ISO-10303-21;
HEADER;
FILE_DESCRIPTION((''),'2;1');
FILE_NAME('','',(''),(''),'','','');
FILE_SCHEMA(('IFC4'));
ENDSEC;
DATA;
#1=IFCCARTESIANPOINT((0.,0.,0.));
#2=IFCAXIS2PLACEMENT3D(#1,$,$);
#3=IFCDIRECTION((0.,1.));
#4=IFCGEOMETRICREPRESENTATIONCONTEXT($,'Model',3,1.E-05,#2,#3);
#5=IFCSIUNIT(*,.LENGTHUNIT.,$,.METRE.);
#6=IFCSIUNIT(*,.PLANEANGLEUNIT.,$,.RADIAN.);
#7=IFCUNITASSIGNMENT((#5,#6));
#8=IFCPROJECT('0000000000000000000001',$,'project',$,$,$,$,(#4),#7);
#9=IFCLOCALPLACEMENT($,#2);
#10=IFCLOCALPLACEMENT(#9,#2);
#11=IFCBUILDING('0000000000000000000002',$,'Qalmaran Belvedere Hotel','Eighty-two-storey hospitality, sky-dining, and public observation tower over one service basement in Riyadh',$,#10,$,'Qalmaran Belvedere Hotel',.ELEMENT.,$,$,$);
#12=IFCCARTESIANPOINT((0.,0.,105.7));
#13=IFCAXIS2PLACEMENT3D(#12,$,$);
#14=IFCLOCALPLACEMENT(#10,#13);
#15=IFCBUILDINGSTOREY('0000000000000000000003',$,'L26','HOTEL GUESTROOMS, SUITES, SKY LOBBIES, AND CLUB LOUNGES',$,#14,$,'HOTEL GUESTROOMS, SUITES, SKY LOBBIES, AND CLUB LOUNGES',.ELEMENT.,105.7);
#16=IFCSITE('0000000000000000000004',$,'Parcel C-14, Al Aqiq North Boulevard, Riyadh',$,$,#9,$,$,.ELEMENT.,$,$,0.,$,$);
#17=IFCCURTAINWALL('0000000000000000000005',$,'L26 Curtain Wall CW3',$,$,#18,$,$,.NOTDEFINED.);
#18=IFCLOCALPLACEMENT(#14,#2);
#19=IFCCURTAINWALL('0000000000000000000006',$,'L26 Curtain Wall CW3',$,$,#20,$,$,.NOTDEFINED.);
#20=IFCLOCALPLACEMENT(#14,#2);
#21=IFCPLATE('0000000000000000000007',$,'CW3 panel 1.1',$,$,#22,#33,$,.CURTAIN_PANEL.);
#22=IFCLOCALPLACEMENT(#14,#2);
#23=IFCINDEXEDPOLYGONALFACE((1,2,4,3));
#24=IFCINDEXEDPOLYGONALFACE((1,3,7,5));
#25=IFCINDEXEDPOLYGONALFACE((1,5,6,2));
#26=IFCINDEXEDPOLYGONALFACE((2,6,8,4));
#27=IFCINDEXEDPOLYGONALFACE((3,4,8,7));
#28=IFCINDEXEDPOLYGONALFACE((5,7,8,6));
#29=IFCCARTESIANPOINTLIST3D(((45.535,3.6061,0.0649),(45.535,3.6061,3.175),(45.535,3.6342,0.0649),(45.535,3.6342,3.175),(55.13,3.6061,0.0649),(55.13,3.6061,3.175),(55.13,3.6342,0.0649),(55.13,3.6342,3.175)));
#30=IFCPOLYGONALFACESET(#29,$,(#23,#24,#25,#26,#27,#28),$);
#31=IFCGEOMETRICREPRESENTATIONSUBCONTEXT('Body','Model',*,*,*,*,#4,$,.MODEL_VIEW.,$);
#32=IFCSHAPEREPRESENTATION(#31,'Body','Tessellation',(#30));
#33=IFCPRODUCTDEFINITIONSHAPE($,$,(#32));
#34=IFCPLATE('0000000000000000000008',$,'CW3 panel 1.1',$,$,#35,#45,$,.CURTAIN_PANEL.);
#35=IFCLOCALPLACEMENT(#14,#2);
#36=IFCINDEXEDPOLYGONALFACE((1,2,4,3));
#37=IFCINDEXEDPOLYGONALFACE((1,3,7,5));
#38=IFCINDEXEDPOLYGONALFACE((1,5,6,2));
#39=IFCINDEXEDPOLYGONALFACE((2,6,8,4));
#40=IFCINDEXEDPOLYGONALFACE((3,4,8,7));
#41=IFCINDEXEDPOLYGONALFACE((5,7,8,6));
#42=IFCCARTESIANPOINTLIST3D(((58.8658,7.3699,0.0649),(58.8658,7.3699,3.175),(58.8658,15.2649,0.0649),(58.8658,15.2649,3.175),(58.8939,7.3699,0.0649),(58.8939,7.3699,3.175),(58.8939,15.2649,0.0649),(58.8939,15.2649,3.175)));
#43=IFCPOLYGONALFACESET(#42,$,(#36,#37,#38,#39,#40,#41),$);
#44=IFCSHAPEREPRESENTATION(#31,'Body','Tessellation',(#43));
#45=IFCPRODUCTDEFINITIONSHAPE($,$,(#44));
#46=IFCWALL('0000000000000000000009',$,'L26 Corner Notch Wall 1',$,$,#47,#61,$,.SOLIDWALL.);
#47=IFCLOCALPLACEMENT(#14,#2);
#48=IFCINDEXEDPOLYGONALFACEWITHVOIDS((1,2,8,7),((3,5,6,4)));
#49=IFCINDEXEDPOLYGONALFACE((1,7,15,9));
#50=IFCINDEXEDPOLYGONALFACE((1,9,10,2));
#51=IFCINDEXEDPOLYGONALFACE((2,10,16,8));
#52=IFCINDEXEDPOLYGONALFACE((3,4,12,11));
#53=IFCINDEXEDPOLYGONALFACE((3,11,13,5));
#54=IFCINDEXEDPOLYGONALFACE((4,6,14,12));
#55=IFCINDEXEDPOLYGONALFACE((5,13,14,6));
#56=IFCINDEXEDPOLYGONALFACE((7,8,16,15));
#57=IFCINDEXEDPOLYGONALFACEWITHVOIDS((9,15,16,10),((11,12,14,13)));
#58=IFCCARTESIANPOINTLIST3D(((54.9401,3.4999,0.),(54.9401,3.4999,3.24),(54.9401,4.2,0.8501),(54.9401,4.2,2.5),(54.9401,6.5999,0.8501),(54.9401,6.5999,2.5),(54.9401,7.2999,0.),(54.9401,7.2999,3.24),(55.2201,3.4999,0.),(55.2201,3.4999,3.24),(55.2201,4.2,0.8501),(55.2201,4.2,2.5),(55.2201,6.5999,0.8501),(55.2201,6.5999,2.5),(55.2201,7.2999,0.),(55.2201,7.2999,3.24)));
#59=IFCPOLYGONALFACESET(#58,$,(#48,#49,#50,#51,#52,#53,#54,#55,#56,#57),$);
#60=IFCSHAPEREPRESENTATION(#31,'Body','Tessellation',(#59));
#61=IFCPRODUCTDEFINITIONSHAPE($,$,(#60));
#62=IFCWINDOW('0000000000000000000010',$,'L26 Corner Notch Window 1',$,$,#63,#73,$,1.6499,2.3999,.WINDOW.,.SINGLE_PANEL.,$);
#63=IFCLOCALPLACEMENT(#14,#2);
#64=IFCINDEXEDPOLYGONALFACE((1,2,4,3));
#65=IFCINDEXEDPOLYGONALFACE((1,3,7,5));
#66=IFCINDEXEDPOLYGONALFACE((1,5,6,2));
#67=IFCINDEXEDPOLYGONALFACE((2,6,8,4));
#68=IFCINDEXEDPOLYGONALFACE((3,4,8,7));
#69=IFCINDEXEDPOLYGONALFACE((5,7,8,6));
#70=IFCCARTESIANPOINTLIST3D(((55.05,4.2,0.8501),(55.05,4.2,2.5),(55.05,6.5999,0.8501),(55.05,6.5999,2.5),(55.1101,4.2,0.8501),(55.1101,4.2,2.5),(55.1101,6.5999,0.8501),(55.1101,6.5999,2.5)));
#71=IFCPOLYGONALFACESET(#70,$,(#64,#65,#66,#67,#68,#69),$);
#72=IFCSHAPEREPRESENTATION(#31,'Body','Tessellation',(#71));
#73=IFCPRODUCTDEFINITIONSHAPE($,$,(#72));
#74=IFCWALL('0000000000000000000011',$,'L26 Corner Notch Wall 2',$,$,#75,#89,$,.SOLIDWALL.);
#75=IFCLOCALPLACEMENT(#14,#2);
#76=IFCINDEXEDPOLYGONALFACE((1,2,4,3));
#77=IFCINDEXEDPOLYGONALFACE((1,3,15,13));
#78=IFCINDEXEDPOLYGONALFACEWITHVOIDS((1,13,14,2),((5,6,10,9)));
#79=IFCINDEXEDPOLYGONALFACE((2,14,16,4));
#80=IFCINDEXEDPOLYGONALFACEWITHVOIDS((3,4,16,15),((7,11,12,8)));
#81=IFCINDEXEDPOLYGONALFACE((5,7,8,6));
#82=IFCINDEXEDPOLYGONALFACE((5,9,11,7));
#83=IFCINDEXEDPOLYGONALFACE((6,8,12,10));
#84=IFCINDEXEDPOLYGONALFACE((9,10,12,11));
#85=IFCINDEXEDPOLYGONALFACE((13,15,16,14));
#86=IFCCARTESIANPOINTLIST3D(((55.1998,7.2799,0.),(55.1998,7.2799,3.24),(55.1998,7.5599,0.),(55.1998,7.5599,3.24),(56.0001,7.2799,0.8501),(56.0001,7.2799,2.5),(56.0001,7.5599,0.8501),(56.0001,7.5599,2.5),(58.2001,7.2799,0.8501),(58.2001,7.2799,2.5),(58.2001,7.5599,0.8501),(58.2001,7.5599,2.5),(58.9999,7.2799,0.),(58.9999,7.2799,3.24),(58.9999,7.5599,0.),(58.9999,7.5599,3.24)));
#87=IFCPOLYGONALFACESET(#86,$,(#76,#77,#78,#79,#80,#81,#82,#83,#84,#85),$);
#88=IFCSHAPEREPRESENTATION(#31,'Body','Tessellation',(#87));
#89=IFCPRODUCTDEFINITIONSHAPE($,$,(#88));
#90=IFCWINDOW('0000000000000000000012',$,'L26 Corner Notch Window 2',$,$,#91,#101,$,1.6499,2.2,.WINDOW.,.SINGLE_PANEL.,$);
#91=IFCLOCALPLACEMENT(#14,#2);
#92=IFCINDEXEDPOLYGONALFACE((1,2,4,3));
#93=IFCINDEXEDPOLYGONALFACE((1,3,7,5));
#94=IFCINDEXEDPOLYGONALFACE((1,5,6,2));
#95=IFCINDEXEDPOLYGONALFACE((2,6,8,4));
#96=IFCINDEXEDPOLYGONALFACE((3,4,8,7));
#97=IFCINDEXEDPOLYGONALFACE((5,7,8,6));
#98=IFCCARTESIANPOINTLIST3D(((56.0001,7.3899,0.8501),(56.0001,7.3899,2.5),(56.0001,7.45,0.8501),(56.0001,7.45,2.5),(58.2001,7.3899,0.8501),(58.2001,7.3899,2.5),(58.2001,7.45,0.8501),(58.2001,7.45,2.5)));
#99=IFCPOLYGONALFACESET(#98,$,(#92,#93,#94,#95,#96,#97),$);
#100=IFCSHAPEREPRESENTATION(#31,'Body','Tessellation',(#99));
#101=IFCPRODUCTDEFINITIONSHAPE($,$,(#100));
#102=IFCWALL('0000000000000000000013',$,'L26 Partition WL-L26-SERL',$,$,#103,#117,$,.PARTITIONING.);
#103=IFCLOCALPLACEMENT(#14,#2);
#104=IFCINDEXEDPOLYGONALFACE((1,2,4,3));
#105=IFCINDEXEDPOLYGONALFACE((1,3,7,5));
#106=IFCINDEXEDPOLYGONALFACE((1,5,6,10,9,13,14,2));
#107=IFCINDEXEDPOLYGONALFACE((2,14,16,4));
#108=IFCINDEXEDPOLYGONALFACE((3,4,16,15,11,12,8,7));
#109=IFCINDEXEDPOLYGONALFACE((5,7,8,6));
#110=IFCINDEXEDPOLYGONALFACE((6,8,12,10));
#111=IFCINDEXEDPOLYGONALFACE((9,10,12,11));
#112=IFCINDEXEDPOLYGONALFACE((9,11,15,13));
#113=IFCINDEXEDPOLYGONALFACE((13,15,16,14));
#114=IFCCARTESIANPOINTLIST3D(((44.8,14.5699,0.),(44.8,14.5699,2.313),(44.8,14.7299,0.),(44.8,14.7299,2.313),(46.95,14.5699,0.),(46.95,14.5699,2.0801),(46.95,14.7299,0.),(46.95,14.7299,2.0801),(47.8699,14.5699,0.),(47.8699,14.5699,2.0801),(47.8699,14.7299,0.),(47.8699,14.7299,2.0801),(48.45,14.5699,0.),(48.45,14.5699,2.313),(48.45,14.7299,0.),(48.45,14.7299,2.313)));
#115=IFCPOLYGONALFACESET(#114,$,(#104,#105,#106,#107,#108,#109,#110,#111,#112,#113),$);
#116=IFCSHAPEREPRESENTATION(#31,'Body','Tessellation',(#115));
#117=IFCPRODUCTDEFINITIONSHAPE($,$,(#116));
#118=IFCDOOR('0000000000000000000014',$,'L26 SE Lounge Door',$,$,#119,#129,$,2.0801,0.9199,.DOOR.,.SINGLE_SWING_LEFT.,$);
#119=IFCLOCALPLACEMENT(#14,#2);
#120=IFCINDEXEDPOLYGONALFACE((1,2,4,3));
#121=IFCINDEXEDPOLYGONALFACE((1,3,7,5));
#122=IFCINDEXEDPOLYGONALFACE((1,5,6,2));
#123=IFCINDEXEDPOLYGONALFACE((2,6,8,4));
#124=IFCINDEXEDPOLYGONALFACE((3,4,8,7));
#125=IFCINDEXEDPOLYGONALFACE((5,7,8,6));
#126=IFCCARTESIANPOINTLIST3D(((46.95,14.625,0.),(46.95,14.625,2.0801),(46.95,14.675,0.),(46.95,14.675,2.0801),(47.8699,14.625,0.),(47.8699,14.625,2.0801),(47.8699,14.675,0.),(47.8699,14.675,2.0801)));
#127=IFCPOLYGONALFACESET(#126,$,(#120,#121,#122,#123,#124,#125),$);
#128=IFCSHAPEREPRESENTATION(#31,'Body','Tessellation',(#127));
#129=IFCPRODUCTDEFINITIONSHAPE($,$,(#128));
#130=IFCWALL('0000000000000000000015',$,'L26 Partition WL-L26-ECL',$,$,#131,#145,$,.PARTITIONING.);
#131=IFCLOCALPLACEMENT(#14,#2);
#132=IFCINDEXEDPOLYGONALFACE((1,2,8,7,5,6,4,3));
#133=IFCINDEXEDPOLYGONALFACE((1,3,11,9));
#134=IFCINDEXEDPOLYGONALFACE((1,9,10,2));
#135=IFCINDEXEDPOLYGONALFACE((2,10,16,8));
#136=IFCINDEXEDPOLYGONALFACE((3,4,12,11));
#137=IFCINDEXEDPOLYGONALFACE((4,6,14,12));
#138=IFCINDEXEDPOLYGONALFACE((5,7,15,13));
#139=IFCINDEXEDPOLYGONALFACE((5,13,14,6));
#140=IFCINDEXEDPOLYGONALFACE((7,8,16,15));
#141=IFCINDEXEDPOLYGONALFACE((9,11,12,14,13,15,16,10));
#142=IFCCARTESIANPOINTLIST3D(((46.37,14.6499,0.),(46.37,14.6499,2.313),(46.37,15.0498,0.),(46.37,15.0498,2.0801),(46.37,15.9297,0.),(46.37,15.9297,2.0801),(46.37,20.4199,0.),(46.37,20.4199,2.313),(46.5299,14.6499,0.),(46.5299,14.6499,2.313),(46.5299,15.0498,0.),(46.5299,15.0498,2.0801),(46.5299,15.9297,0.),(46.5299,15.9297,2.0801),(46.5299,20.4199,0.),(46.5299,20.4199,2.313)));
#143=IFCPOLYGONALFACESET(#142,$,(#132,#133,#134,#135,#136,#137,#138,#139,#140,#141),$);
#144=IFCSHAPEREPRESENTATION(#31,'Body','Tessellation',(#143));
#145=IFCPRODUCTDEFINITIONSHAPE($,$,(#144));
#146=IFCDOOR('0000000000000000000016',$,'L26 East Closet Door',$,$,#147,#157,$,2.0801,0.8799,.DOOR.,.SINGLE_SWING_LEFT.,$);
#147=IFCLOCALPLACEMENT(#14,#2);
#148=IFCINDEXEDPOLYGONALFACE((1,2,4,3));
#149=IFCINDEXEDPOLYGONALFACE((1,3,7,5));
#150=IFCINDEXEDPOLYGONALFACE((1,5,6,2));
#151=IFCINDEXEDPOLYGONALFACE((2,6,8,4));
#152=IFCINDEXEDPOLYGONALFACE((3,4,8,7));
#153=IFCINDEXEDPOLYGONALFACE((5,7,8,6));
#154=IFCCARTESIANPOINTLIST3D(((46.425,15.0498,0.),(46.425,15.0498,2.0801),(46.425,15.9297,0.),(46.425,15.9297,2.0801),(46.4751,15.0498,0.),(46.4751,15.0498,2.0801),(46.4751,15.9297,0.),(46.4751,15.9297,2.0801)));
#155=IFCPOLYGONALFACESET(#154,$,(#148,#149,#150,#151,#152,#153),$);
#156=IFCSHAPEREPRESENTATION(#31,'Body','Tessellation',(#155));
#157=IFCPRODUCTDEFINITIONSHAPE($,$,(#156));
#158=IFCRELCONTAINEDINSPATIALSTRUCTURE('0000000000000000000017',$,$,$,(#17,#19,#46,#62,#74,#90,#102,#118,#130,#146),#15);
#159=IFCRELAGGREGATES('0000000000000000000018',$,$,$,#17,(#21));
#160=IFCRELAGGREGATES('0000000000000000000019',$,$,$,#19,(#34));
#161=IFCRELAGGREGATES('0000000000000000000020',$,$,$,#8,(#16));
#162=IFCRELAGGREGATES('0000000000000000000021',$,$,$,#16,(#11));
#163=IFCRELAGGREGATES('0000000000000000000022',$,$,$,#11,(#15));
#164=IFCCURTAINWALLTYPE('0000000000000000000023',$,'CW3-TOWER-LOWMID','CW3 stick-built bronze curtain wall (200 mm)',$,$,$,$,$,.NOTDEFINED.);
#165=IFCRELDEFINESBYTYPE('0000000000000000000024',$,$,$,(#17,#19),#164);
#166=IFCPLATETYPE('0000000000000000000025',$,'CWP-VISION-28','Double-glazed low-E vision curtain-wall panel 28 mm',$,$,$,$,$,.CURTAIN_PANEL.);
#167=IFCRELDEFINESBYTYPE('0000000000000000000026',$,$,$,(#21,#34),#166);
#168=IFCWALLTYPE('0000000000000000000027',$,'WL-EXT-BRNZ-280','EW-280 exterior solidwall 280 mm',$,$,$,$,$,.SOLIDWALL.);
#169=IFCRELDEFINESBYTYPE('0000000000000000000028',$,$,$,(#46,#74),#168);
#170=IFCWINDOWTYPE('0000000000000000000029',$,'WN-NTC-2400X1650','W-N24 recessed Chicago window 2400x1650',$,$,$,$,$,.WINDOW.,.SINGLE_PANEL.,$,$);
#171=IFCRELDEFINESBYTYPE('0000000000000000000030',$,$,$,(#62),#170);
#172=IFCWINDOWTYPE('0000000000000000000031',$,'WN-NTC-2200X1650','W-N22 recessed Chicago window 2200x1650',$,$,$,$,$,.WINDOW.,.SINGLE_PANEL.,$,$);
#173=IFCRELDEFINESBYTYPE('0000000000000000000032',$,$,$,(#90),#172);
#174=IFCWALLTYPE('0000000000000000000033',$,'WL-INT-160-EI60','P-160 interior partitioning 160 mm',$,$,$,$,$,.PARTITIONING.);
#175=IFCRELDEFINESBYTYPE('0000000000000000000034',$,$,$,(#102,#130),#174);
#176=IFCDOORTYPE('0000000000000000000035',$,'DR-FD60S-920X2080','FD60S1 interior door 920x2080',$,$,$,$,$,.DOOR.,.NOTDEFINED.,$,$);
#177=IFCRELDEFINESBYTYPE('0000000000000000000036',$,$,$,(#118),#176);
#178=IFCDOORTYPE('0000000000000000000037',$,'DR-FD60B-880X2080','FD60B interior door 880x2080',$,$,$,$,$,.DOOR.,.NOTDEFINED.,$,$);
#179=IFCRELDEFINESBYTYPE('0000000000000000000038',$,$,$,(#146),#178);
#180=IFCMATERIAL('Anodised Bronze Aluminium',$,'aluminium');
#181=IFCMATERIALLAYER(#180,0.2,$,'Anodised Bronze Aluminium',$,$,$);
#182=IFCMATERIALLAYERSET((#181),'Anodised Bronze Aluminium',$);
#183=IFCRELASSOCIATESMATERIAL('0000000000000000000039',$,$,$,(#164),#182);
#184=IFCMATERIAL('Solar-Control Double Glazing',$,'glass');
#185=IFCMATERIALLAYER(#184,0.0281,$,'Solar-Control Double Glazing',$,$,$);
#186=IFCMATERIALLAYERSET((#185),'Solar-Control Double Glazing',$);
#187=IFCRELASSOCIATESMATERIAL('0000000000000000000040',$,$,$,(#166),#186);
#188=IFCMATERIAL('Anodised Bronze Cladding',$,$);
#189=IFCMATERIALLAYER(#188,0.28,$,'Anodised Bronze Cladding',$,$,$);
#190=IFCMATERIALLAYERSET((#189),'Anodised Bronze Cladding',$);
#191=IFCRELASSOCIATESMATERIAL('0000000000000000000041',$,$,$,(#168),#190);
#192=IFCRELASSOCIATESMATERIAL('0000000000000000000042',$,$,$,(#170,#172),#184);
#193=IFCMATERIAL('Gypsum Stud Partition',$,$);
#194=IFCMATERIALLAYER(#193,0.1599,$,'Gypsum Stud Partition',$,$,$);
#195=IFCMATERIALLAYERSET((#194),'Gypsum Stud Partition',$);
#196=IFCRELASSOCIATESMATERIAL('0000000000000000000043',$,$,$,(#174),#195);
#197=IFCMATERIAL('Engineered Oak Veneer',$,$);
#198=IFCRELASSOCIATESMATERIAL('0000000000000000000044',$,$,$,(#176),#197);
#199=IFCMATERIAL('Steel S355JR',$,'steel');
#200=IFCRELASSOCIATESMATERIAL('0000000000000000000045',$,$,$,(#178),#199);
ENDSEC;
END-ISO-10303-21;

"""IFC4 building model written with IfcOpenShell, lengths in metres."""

from ifc_helpers import new_model, si_unit, direction, frame, frame_2d, origin, origin_2d, place, context, subcontext, project, spatial, rectangle, extrude, material, layer, layer_set, type_object, element, fill, aggregate, save


model = new_model("IFC4")

# Units and contexts
model_context = context("Model", 3, precision=1e-05, world=origin(), true_north=direction((0.0, 1.0)))
body_context = subcontext(model_context, "Body", "Model", "MODEL_VIEW")
ifc_project = project(units=[si_unit("LENGTHUNIT", "METRE"), si_unit("PLANEANGLEUNIT", "RADIAN")], contexts=[model_context])

# Site, building, storey
site_placement = place(None, origin())
site = spatial("IfcSite", under=ifc_project, at=site_placement, Name="Parcel C-14, Al Aqiq North Boulevard, Riyadh", CompositionType="ELEMENT", RefElevation=0.0)
building_placement = place(site_placement, origin())
building = spatial("IfcBuilding", under=site, at=building_placement, Name="Qalmaran Belvedere Hotel", Description="Eighty-two-storey hospitality, sky-dining, and public observation tower over one service basement in Riyadh", LongName="Qalmaran Belvedere Hotel", CompositionType="ELEMENT")
storey_placement = place(building_placement, frame((0.0, 0.0, 105.7)))
storey = spatial("IfcBuildingStorey", under=building, at=storey_placement, Name="L26", Description="HOTEL GUESTROOMS, SUITES, SKY LOBBIES, AND CLUB LOUNGES", LongName="HOTEL GUESTROOMS, SUITES, SKY LOBBIES, AND CLUB LOUNGES", CompositionType="ELEMENT", Elevation=105.7)

# Shared definitions
ifc_material_1 = material(Name="Steel S355JR", Category="steel")

# Curtain wall
ifc_material_2 = material(Name="Anodised Bronze Aluminium", Category="aluminium")
ifc_layer_1 = layer(ifc_material_2, 0.2, Name="Anodised Bronze Aluminium")
ifc_layer_set_1 = layer_set([ifc_layer_1], Name="Anodised Bronze Aluminium")
curtain_wall_type = type_object("IfcCurtainWallType", Name="CW3-TOWER-LOWMID", Description="CW3 stick-built bronze curtain wall (200 mm)", PredefinedType="NOTDEFINED", material=ifc_layer_set_1)
curtain_wall_1_placement = place(storey_placement, origin())
curtain_wall_1 = element("IfcCurtainWall", 1, at=curtain_wall_1_placement, inside=storey, type_object=curtain_wall_type, Name="L26 Curtain Wall CW3", PredefinedType="NOTDEFINED")

# Curtain wall
curtain_wall_2_placement = place(storey_placement, origin())
curtain_wall_2 = element("IfcCurtainWall", 2, at=curtain_wall_2_placement, inside=storey, type_object=curtain_wall_type, Name="L26 Curtain Wall CW3", PredefinedType="NOTDEFINED")

# Plates
ifc_material_3 = material(Name="Solar-Control Double Glazing", Category="glass")
ifc_layer_2 = layer(ifc_material_3, 0.0281, Name="Solar-Control Double Glazing")
ifc_layer_set_2 = layer_set([ifc_layer_2], Name="Solar-Control Double Glazing")
plate_type = type_object("IfcPlateType", Name="CWP-VISION-28", Description="Double-glazed low-E vision curtain-wall panel 28 mm", PredefinedType="CURTAIN_PANEL", material=ifc_layer_set_2)
plate_1_placement = place(storey_placement, frame((50.3325, 3.6201, 0.0649), z_axis=(0.0, 0.0, 1.0), x_axis=(1.0, 0.0, 0.0)))
plate_1 = element("IfcPlate", 3, at=plate_1_placement, type_object=plate_type, Name="CW3 panel 1.1", PredefinedType="CURTAIN_PANEL", context=body_context, shape_type="SweptSolid", body=[
    extrude(rectangle(XDim=9.595, YDim=0.0281, at=origin_2d()), origin(), (0.0, 0.0, 1.0), 3.1101),
])
aggregate(curtain_wall_1, [plate_1])
plate_2_placement = place(storey_placement, frame((58.8799, 11.3174, 0.0649), z_axis=(0.0, 0.0, 1.0), x_axis=(0.0, 1.0, 0.0)))
plate_2 = element("IfcPlate", 4, at=plate_2_placement, type_object=plate_type, Name="CW3 panel 1.1", PredefinedType="CURTAIN_PANEL", context=body_context, shape_type="SweptSolid", body=[
    extrude(rectangle(XDim=7.895, YDim=0.0281, at=origin_2d()), origin(), (0.0, 0.0, 1.0), 3.1101),
])
aggregate(curtain_wall_2, [plate_2])

# Walls, openings, windows
ifc_material_4 = material(Name="Anodised Bronze Cladding")
ifc_layer_3 = layer(ifc_material_4, 0.28, Name="Anodised Bronze Cladding")
ifc_layer_set_3 = layer_set([ifc_layer_3], Name="Anodised Bronze Cladding")
wall_type_1 = type_object("IfcWallType", Name="WL-EXT-BRNZ-280", Description="EW-280 exterior solidwall 280 mm", PredefinedType="SOLIDWALL", material=ifc_layer_set_3)
wall_1_placement = place(storey_placement, frame((55.0801, 3.5, 0.0), z_axis=(0.0, 0.0, 1.0), x_axis=(0.0, 1.0, 0.0)))
wall_1 = element("IfcWall", 5, at=wall_1_placement, inside=storey, type_object=wall_type_1, Name="L26 Corner Notch Wall 1", PredefinedType="SOLIDWALL", context=body_context, shape_type="SweptSolid", body=[
    extrude(rectangle(XDim=3.8, YDim=0.28, at=frame_2d((1.8999, 0.0))), origin(), (0.0, 0.0, 1.0), 3.24),
])
opening_1_placement = place(wall_1_placement, frame((0.7, 0.0, 0.8501)))
opening_1 = element("IfcOpeningElement", 6, at=opening_1_placement, cuts=wall_1, PredefinedType="OPENING", context=body_context, shape_type="SweptSolid", body=[
    extrude(rectangle(XDim=2.3999, YDim=1.6499, at=frame_2d((1.2, 0.825))), frame((0.0, 0.1499, 0.0), z_axis=(0.0, -1.0, 0.0), x_axis=(1.0, 0.0, 0.0)), (0.0, 0.0, 1.0), 0.3),
])
window_type_1 = type_object("IfcWindowType", Name="WN-NTC-2400X1650", Description="W-N24 recessed Chicago window 2400x1650", PartitioningType="SINGLE_PANEL", PredefinedType="WINDOW", material=ifc_material_3)
window_1_placement = place(opening_1_placement, origin())
window_1 = element("IfcWindow", 7, at=window_1_placement, inside=storey, type_object=window_type_1, Name="L26 Corner Notch Window 1", OverallHeight=1.6499, OverallWidth=2.3999, PartitioningType="SINGLE_PANEL", PredefinedType="WINDOW", context=body_context, shape_type="SweptSolid", body=[
    extrude(rectangle(XDim=2.3999, YDim=1.6499, at=frame_2d((1.2, 0.825))), frame((0.0, 0.03, 0.0), z_axis=(0.0, -1.0, 0.0), x_axis=(1.0, 0.0, 0.0)), (0.0, 0.0, 1.0), 0.0601),
])
fill(opening_1, window_1)
wall_2_placement = place(storey_placement, frame((55.2, 7.4199, 0.0), z_axis=(0.0, 0.0, 1.0), x_axis=(1.0, 0.0, 0.0)))
wall_2 = element("IfcWall", 8, at=wall_2_placement, inside=storey, type_object=wall_type_1, Name="L26 Corner Notch Wall 2", PredefinedType="SOLIDWALL", context=body_context, shape_type="SweptSolid", body=[
    extrude(rectangle(XDim=3.8, YDim=0.28, at=frame_2d((1.8999, 0.0))), origin(), (0.0, 0.0, 1.0), 3.24),
])
opening_2_placement = place(wall_2_placement, frame((0.8, 0.0, 0.8501)))
opening_2 = element("IfcOpeningElement", 9, at=opening_2_placement, cuts=wall_2, PredefinedType="OPENING", context=body_context, shape_type="SweptSolid", body=[
    extrude(rectangle(XDim=2.2, YDim=1.6499, at=frame_2d((1.1001, 0.825))), frame((0.0, 0.1499, 0.0), z_axis=(0.0, -1.0, 0.0), x_axis=(1.0, 0.0, 0.0)), (0.0, 0.0, 1.0), 0.3),
])
window_type_2 = type_object("IfcWindowType", Name="WN-NTC-2200X1650", Description="W-N22 recessed Chicago window 2200x1650", PartitioningType="SINGLE_PANEL", PredefinedType="WINDOW", material=ifc_material_3)
window_2_placement = place(opening_2_placement, origin())
window_2 = element("IfcWindow", 10, at=window_2_placement, inside=storey, type_object=window_type_2, Name="L26 Corner Notch Window 2", OverallHeight=1.6499, OverallWidth=2.2, PartitioningType="SINGLE_PANEL", PredefinedType="WINDOW", context=body_context, shape_type="SweptSolid", body=[
    extrude(rectangle(XDim=2.2, YDim=1.6499, at=frame_2d((1.1001, 0.825))), frame((0.0, 0.03, 0.0), z_axis=(0.0, -1.0, 0.0), x_axis=(1.0, 0.0, 0.0)), (0.0, 0.0, 1.0), 0.0601),
])
fill(opening_2, window_2)

# Walls, openings, doors
ifc_material_5 = material(Name="Gypsum Stud Partition")
ifc_layer_4 = layer(ifc_material_5, 0.1599, Name="Gypsum Stud Partition")
ifc_layer_set_4 = layer_set([ifc_layer_4], Name="Gypsum Stud Partition")
wall_type_2 = type_object("IfcWallType", Name="WL-INT-160-EI60", Description="P-160 interior partitioning 160 mm", PredefinedType="PARTITIONING", material=ifc_layer_set_4)
wall_3_placement = place(storey_placement, frame((44.8, 14.6499, 0.0), z_axis=(0.0, 0.0, 1.0), x_axis=(1.0, 0.0, 0.0)))
wall_3 = element("IfcWall", 11, at=wall_3_placement, inside=storey, type_object=wall_type_2, Name="L26 Partition WL-L26-SERL", PredefinedType="PARTITIONING", context=body_context, shape_type="SweptSolid", body=[
    extrude(rectangle(XDim=3.6499, YDim=0.1599, at=frame_2d((1.825, 0.0))), origin(), (0.0, 0.0, 1.0), 2.313),
])
opening_3_placement = place(wall_3_placement, frame((3.0698, 0.0, 0.0), z_axis=(0.0, 0.0, 1.0), x_axis=(-1.0, 0.0, 0.0)))
opening_3 = element("IfcOpeningElement", 12, at=opening_3_placement, cuts=wall_3, PredefinedType="OPENING", context=body_context, shape_type="SweptSolid", body=[
    extrude(rectangle(XDim=0.9199, YDim=2.0801, at=frame_2d((0.46, 1.04))), frame((0.0, 0.0898, 0.0), z_axis=(0.0, -1.0, 0.0), x_axis=(1.0, 0.0, 0.0)), (0.0, 0.0, 1.0), 0.1799),
])
ifc_material_6 = material(Name="Engineered Oak Veneer")
door_type_1 = type_object("IfcDoorType", Name="DR-FD60S-920X2080", Description="FD60S1 interior door 920x2080", OperationType="NOTDEFINED", PredefinedType="DOOR", material=ifc_material_6)
door_1_placement = place(opening_3_placement, origin())
door_1 = element("IfcDoor", 13, at=door_1_placement, inside=storey, type_object=door_type_1, Name="L26 SE Lounge Door", OperationType="SINGLE_SWING_LEFT", OverallHeight=2.0801, OverallWidth=0.9199, PredefinedType="DOOR", context=body_context, shape_type="SweptSolid", body=[
    extrude(rectangle(XDim=0.9199, YDim=2.0801, at=frame_2d((0.46, 1.04))), frame((0.0, 0.0249, 0.0), z_axis=(0.0, -1.0, 0.0), x_axis=(1.0, 0.0, 0.0)), (0.0, 0.0, 1.0), 0.05),
])
fill(opening_3, door_1)
wall_4_placement = place(storey_placement, frame((46.45, 14.6499, 0.0), z_axis=(0.0, 0.0, 1.0), x_axis=(0.0, 1.0, 0.0)))
wall_4 = element("IfcWall", 14, at=wall_4_placement, inside=storey, type_object=wall_type_2, Name="L26 Partition WL-L26-ECL", PredefinedType="PARTITIONING", context=body_context, shape_type="SweptSolid", body=[
    extrude(rectangle(XDim=5.77, YDim=0.1599, at=frame_2d((2.885, 0.0))), origin(), (0.0, 0.0, 1.0), 2.313),
])
opening_4_placement = place(wall_4_placement, frame((0.3999, 0.0, 0.0)))
opening_4 = element("IfcOpeningElement", 15, at=opening_4_placement, cuts=wall_4, PredefinedType="OPENING", context=body_context, shape_type="SweptSolid", body=[
    extrude(rectangle(XDim=0.8799, YDim=2.0801, at=frame_2d((0.4399, 1.04))), frame((0.0, 0.0898, 0.0), z_axis=(0.0, -1.0, 0.0), x_axis=(1.0, 0.0, 0.0)), (0.0, 0.0, 1.0), 0.1799),
])
door_type_2 = type_object("IfcDoorType", Name="DR-FD60B-880X2080", Description="FD60B interior door 880x2080", OperationType="NOTDEFINED", PredefinedType="DOOR", material=ifc_material_1)
door_2_placement = place(opening_4_placement, origin())
door_2 = element("IfcDoor", 16, at=door_2_placement, inside=storey, type_object=door_type_2, Name="L26 East Closet Door", OperationType="SINGLE_SWING_LEFT", OverallHeight=2.0801, OverallWidth=0.8799, PredefinedType="DOOR", context=body_context, shape_type="SweptSolid", body=[
    extrude(rectangle(XDim=0.8799, YDim=2.0801, at=frame_2d((0.4399, 1.04))), frame((0.0, 0.0249, 0.0), z_axis=(0.0, -1.0, 0.0), x_axis=(1.0, 0.0, 0.0)), (0.0, 0.0, 1.0), 0.05),
])
fill(opening_4, door_2)

save(model, "model.ifc")
